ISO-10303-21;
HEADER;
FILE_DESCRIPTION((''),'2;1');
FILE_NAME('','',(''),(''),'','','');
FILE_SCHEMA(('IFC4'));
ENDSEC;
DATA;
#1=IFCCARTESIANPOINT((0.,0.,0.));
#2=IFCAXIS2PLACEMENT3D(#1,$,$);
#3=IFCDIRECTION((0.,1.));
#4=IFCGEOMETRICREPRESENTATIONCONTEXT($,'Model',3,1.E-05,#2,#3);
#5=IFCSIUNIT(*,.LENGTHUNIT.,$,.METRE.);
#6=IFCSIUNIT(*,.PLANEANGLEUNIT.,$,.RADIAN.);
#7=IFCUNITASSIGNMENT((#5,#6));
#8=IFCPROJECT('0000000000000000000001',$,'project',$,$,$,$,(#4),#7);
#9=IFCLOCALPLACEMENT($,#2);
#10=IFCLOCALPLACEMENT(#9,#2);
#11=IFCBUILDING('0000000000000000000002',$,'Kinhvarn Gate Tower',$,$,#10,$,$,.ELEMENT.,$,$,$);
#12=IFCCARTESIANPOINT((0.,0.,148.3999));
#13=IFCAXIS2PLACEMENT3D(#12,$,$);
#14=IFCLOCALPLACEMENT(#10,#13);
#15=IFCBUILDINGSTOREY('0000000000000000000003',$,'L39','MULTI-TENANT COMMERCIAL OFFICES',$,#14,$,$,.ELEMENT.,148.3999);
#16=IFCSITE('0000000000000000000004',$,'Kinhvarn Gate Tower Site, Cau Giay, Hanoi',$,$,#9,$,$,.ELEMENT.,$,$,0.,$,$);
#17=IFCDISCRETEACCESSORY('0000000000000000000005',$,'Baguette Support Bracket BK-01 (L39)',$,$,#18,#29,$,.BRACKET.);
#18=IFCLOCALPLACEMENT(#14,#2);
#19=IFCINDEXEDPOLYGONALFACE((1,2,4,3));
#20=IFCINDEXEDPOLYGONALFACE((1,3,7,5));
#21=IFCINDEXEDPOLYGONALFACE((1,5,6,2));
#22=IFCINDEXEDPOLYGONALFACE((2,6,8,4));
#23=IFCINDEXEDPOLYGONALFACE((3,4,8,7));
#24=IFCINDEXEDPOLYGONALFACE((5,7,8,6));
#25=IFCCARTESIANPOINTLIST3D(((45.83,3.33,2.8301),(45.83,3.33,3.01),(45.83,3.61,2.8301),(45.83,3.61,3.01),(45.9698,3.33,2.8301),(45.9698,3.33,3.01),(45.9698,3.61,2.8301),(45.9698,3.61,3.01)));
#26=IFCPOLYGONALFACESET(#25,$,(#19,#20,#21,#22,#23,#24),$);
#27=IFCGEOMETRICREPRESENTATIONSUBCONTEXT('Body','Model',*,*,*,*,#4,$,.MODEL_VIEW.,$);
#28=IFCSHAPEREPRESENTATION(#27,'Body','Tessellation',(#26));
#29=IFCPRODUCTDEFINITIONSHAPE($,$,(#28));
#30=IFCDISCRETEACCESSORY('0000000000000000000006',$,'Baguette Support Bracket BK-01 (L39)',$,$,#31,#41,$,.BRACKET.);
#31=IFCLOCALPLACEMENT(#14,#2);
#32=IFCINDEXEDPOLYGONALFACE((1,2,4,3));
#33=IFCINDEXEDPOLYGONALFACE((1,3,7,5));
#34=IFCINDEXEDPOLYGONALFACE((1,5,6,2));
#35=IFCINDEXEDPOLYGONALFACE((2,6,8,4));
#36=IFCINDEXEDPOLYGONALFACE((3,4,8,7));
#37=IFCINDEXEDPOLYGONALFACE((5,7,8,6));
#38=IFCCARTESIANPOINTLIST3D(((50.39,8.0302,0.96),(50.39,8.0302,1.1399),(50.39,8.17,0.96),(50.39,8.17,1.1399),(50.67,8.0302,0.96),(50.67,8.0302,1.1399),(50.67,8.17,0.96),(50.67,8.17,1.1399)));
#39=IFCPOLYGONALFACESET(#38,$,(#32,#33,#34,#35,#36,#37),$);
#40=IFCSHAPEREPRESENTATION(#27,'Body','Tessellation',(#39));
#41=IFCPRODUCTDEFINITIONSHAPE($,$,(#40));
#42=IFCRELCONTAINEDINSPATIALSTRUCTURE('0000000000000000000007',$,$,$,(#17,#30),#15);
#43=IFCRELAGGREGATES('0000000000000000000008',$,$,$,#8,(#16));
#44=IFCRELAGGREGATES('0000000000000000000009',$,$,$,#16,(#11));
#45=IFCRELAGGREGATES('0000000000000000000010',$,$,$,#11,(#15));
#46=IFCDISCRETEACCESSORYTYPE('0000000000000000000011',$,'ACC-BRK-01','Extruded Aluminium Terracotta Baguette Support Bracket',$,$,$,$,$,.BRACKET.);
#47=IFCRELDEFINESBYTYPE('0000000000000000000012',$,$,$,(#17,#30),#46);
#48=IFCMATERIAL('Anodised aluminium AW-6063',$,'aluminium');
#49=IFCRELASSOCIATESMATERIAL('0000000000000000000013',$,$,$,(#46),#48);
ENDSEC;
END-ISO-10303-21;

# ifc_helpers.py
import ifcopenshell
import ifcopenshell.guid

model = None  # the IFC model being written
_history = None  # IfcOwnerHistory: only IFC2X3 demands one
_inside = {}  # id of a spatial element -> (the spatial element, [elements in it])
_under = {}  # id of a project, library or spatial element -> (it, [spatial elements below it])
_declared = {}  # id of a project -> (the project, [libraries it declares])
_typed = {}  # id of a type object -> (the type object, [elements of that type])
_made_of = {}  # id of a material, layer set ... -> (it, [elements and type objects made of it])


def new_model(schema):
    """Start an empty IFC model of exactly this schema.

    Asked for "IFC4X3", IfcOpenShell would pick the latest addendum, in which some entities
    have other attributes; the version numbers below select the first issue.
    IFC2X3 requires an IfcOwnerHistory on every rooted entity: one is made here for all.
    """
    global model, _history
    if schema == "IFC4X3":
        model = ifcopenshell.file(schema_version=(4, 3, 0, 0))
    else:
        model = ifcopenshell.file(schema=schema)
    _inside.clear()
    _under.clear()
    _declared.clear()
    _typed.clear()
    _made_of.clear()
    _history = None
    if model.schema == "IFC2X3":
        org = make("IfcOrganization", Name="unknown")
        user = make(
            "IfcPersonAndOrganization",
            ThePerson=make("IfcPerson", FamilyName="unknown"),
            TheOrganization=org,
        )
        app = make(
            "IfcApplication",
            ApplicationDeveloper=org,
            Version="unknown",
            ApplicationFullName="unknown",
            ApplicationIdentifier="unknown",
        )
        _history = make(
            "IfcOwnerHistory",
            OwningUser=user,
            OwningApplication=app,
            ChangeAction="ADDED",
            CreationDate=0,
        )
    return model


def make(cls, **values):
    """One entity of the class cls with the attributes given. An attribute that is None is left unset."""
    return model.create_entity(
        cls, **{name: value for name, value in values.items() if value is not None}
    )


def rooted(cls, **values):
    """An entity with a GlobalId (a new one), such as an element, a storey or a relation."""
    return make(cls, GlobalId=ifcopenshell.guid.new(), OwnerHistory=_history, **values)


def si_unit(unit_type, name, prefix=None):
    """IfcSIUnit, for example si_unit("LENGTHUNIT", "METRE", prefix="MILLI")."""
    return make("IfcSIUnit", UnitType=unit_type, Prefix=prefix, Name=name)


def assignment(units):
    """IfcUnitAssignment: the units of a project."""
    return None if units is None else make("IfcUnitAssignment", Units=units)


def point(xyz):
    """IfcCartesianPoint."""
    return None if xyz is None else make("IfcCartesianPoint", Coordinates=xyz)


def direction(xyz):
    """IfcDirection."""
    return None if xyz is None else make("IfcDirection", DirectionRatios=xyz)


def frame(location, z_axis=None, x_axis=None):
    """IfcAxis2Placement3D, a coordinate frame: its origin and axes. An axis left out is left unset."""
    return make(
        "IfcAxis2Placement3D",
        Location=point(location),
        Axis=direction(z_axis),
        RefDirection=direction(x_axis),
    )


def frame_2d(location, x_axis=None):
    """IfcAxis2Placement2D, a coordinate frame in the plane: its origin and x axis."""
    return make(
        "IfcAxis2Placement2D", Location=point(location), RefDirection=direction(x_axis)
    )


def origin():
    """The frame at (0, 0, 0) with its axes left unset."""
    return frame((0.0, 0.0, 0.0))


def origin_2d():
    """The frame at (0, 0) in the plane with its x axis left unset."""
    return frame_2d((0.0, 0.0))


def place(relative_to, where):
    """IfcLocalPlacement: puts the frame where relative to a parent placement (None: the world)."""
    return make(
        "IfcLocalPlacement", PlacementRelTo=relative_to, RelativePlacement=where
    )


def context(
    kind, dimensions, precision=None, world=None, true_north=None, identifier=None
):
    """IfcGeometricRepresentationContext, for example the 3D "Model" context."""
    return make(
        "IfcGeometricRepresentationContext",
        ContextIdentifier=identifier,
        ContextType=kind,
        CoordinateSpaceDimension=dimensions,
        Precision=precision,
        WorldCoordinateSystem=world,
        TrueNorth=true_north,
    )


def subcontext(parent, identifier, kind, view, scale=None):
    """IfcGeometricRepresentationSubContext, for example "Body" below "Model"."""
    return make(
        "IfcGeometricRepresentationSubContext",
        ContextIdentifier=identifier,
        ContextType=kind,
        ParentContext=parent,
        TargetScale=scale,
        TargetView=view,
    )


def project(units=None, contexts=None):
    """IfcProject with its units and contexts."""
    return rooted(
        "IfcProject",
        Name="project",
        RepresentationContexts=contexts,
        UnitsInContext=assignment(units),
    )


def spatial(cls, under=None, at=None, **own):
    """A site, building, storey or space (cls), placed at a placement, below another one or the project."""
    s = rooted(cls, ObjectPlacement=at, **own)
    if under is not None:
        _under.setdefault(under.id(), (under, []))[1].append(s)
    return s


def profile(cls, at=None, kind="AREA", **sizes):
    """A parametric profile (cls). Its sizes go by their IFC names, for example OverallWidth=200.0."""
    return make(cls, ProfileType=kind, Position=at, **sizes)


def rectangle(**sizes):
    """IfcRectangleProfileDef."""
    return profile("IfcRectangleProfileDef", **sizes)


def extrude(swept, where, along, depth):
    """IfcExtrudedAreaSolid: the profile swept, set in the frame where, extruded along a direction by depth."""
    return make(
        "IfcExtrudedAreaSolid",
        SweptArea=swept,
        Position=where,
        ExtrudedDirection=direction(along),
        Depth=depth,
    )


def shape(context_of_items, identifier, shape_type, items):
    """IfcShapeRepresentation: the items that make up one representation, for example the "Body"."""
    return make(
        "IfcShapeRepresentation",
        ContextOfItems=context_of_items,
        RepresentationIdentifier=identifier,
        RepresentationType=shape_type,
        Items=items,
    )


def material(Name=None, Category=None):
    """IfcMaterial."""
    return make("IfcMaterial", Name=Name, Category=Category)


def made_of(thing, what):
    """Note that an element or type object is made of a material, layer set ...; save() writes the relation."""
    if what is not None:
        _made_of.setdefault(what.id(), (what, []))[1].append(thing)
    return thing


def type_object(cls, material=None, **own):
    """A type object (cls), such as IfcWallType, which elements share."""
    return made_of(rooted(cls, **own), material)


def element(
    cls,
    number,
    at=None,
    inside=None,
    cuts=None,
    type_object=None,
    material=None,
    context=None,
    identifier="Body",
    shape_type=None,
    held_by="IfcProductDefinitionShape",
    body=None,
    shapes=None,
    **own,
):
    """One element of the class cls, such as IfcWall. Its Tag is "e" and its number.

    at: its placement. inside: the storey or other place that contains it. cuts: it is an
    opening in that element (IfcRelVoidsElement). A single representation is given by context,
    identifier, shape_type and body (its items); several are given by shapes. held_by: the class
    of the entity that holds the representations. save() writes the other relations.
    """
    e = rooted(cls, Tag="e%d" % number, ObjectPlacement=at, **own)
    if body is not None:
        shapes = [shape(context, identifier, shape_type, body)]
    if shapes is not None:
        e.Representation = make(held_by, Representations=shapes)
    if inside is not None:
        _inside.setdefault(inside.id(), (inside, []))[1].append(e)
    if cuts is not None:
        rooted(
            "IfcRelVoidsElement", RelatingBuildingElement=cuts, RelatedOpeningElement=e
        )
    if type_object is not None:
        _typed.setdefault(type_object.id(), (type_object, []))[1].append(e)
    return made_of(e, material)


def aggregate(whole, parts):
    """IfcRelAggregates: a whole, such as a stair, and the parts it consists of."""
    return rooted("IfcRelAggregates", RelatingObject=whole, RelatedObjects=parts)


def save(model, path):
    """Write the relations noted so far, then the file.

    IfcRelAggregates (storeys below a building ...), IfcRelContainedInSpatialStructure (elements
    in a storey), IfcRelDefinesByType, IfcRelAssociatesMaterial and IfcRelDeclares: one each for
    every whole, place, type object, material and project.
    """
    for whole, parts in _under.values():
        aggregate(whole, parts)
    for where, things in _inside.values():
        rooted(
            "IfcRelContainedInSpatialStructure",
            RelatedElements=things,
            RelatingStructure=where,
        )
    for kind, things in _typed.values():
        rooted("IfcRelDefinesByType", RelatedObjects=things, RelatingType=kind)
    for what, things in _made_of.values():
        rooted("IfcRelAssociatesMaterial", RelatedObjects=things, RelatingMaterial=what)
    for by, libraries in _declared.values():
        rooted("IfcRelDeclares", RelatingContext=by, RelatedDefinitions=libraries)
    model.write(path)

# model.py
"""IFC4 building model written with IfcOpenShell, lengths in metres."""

from ifc_helpers import new_model, si_unit, direction, frame, origin, origin_2d, place, context, subcontext, project, spatial, rectangle, extrude, material, type_object, element, save


model = new_model("IFC4")

# Units and contexts
model_context = context("Model", 3, precision=1e-05, world=origin(), true_north=direction((0.0, 1.0)))
body_context = subcontext(model_context, "Body", "Model", "MODEL_VIEW")
ifc_project = project(units=[si_unit("LENGTHUNIT", "METRE"), si_unit("PLANEANGLEUNIT", "RADIAN")], contexts=[model_context])

# Site, building, storey
site_placement = place(None, origin())
site = spatial("IfcSite", under=ifc_project, at=site_placement, Name="Kinhvarn Gate Tower Site, Cau Giay, Hanoi", CompositionType="ELEMENT", RefElevation=0.0)
building_placement = place(site_placement, origin())
building = spatial("IfcBuilding", under=site, at=building_placement, Name="Kinhvarn Gate Tower", CompositionType="ELEMENT")
storey_placement = place(building_placement, frame((0.0, 0.0, 148.3999)))
storey = spatial("IfcBuildingStorey", under=building, at=storey_placement, Name="L39", Description="MULTI-TENANT COMMERCIAL OFFICES", CompositionType="ELEMENT", Elevation=148.3999)

# Shared definitions
ifc_material_1 = material(Name="Anodised aluminium AW-6063", Category="aluminium")

# Discrete accessories
discrete_accessory_type = type_object("IfcDiscreteAccessoryType", Name="ACC-BRK-01", Description="Extruded Aluminium Terracotta Baguette Support Bracket", PredefinedType="BRACKET", material=ifc_material_1)
for number, where, z_axis, x_axis, name in (
    (1, (45.8999, 3.47, 2.8301), (0.0, 0.0, 1.0), (1.0, 0.0, 0.0), "Baguette Support Bracket BK-01 (L39)"),
    (2, (50.53, 8.1001, 0.96), (0.0, 0.0, 1.0), (0.0, 1.0, 0.0), "Baguette Support Bracket BK-01 (L39)"),
):
    element("IfcDiscreteAccessory", number, at=place(storey_placement, frame(where, z_axis=z_axis, x_axis=x_axis)), inside=storey, type_object=discrete_accessory_type, Name=name, PredefinedType="BRACKET", context=body_context, shape_type="SweptSolid", body=[
        extrude(rectangle(XDim=0.1399, YDim=0.28, at=origin_2d()), origin(), (0.0, 0.0, 1.0), 0.1799),
    ])

save(model, "model.ifc")
